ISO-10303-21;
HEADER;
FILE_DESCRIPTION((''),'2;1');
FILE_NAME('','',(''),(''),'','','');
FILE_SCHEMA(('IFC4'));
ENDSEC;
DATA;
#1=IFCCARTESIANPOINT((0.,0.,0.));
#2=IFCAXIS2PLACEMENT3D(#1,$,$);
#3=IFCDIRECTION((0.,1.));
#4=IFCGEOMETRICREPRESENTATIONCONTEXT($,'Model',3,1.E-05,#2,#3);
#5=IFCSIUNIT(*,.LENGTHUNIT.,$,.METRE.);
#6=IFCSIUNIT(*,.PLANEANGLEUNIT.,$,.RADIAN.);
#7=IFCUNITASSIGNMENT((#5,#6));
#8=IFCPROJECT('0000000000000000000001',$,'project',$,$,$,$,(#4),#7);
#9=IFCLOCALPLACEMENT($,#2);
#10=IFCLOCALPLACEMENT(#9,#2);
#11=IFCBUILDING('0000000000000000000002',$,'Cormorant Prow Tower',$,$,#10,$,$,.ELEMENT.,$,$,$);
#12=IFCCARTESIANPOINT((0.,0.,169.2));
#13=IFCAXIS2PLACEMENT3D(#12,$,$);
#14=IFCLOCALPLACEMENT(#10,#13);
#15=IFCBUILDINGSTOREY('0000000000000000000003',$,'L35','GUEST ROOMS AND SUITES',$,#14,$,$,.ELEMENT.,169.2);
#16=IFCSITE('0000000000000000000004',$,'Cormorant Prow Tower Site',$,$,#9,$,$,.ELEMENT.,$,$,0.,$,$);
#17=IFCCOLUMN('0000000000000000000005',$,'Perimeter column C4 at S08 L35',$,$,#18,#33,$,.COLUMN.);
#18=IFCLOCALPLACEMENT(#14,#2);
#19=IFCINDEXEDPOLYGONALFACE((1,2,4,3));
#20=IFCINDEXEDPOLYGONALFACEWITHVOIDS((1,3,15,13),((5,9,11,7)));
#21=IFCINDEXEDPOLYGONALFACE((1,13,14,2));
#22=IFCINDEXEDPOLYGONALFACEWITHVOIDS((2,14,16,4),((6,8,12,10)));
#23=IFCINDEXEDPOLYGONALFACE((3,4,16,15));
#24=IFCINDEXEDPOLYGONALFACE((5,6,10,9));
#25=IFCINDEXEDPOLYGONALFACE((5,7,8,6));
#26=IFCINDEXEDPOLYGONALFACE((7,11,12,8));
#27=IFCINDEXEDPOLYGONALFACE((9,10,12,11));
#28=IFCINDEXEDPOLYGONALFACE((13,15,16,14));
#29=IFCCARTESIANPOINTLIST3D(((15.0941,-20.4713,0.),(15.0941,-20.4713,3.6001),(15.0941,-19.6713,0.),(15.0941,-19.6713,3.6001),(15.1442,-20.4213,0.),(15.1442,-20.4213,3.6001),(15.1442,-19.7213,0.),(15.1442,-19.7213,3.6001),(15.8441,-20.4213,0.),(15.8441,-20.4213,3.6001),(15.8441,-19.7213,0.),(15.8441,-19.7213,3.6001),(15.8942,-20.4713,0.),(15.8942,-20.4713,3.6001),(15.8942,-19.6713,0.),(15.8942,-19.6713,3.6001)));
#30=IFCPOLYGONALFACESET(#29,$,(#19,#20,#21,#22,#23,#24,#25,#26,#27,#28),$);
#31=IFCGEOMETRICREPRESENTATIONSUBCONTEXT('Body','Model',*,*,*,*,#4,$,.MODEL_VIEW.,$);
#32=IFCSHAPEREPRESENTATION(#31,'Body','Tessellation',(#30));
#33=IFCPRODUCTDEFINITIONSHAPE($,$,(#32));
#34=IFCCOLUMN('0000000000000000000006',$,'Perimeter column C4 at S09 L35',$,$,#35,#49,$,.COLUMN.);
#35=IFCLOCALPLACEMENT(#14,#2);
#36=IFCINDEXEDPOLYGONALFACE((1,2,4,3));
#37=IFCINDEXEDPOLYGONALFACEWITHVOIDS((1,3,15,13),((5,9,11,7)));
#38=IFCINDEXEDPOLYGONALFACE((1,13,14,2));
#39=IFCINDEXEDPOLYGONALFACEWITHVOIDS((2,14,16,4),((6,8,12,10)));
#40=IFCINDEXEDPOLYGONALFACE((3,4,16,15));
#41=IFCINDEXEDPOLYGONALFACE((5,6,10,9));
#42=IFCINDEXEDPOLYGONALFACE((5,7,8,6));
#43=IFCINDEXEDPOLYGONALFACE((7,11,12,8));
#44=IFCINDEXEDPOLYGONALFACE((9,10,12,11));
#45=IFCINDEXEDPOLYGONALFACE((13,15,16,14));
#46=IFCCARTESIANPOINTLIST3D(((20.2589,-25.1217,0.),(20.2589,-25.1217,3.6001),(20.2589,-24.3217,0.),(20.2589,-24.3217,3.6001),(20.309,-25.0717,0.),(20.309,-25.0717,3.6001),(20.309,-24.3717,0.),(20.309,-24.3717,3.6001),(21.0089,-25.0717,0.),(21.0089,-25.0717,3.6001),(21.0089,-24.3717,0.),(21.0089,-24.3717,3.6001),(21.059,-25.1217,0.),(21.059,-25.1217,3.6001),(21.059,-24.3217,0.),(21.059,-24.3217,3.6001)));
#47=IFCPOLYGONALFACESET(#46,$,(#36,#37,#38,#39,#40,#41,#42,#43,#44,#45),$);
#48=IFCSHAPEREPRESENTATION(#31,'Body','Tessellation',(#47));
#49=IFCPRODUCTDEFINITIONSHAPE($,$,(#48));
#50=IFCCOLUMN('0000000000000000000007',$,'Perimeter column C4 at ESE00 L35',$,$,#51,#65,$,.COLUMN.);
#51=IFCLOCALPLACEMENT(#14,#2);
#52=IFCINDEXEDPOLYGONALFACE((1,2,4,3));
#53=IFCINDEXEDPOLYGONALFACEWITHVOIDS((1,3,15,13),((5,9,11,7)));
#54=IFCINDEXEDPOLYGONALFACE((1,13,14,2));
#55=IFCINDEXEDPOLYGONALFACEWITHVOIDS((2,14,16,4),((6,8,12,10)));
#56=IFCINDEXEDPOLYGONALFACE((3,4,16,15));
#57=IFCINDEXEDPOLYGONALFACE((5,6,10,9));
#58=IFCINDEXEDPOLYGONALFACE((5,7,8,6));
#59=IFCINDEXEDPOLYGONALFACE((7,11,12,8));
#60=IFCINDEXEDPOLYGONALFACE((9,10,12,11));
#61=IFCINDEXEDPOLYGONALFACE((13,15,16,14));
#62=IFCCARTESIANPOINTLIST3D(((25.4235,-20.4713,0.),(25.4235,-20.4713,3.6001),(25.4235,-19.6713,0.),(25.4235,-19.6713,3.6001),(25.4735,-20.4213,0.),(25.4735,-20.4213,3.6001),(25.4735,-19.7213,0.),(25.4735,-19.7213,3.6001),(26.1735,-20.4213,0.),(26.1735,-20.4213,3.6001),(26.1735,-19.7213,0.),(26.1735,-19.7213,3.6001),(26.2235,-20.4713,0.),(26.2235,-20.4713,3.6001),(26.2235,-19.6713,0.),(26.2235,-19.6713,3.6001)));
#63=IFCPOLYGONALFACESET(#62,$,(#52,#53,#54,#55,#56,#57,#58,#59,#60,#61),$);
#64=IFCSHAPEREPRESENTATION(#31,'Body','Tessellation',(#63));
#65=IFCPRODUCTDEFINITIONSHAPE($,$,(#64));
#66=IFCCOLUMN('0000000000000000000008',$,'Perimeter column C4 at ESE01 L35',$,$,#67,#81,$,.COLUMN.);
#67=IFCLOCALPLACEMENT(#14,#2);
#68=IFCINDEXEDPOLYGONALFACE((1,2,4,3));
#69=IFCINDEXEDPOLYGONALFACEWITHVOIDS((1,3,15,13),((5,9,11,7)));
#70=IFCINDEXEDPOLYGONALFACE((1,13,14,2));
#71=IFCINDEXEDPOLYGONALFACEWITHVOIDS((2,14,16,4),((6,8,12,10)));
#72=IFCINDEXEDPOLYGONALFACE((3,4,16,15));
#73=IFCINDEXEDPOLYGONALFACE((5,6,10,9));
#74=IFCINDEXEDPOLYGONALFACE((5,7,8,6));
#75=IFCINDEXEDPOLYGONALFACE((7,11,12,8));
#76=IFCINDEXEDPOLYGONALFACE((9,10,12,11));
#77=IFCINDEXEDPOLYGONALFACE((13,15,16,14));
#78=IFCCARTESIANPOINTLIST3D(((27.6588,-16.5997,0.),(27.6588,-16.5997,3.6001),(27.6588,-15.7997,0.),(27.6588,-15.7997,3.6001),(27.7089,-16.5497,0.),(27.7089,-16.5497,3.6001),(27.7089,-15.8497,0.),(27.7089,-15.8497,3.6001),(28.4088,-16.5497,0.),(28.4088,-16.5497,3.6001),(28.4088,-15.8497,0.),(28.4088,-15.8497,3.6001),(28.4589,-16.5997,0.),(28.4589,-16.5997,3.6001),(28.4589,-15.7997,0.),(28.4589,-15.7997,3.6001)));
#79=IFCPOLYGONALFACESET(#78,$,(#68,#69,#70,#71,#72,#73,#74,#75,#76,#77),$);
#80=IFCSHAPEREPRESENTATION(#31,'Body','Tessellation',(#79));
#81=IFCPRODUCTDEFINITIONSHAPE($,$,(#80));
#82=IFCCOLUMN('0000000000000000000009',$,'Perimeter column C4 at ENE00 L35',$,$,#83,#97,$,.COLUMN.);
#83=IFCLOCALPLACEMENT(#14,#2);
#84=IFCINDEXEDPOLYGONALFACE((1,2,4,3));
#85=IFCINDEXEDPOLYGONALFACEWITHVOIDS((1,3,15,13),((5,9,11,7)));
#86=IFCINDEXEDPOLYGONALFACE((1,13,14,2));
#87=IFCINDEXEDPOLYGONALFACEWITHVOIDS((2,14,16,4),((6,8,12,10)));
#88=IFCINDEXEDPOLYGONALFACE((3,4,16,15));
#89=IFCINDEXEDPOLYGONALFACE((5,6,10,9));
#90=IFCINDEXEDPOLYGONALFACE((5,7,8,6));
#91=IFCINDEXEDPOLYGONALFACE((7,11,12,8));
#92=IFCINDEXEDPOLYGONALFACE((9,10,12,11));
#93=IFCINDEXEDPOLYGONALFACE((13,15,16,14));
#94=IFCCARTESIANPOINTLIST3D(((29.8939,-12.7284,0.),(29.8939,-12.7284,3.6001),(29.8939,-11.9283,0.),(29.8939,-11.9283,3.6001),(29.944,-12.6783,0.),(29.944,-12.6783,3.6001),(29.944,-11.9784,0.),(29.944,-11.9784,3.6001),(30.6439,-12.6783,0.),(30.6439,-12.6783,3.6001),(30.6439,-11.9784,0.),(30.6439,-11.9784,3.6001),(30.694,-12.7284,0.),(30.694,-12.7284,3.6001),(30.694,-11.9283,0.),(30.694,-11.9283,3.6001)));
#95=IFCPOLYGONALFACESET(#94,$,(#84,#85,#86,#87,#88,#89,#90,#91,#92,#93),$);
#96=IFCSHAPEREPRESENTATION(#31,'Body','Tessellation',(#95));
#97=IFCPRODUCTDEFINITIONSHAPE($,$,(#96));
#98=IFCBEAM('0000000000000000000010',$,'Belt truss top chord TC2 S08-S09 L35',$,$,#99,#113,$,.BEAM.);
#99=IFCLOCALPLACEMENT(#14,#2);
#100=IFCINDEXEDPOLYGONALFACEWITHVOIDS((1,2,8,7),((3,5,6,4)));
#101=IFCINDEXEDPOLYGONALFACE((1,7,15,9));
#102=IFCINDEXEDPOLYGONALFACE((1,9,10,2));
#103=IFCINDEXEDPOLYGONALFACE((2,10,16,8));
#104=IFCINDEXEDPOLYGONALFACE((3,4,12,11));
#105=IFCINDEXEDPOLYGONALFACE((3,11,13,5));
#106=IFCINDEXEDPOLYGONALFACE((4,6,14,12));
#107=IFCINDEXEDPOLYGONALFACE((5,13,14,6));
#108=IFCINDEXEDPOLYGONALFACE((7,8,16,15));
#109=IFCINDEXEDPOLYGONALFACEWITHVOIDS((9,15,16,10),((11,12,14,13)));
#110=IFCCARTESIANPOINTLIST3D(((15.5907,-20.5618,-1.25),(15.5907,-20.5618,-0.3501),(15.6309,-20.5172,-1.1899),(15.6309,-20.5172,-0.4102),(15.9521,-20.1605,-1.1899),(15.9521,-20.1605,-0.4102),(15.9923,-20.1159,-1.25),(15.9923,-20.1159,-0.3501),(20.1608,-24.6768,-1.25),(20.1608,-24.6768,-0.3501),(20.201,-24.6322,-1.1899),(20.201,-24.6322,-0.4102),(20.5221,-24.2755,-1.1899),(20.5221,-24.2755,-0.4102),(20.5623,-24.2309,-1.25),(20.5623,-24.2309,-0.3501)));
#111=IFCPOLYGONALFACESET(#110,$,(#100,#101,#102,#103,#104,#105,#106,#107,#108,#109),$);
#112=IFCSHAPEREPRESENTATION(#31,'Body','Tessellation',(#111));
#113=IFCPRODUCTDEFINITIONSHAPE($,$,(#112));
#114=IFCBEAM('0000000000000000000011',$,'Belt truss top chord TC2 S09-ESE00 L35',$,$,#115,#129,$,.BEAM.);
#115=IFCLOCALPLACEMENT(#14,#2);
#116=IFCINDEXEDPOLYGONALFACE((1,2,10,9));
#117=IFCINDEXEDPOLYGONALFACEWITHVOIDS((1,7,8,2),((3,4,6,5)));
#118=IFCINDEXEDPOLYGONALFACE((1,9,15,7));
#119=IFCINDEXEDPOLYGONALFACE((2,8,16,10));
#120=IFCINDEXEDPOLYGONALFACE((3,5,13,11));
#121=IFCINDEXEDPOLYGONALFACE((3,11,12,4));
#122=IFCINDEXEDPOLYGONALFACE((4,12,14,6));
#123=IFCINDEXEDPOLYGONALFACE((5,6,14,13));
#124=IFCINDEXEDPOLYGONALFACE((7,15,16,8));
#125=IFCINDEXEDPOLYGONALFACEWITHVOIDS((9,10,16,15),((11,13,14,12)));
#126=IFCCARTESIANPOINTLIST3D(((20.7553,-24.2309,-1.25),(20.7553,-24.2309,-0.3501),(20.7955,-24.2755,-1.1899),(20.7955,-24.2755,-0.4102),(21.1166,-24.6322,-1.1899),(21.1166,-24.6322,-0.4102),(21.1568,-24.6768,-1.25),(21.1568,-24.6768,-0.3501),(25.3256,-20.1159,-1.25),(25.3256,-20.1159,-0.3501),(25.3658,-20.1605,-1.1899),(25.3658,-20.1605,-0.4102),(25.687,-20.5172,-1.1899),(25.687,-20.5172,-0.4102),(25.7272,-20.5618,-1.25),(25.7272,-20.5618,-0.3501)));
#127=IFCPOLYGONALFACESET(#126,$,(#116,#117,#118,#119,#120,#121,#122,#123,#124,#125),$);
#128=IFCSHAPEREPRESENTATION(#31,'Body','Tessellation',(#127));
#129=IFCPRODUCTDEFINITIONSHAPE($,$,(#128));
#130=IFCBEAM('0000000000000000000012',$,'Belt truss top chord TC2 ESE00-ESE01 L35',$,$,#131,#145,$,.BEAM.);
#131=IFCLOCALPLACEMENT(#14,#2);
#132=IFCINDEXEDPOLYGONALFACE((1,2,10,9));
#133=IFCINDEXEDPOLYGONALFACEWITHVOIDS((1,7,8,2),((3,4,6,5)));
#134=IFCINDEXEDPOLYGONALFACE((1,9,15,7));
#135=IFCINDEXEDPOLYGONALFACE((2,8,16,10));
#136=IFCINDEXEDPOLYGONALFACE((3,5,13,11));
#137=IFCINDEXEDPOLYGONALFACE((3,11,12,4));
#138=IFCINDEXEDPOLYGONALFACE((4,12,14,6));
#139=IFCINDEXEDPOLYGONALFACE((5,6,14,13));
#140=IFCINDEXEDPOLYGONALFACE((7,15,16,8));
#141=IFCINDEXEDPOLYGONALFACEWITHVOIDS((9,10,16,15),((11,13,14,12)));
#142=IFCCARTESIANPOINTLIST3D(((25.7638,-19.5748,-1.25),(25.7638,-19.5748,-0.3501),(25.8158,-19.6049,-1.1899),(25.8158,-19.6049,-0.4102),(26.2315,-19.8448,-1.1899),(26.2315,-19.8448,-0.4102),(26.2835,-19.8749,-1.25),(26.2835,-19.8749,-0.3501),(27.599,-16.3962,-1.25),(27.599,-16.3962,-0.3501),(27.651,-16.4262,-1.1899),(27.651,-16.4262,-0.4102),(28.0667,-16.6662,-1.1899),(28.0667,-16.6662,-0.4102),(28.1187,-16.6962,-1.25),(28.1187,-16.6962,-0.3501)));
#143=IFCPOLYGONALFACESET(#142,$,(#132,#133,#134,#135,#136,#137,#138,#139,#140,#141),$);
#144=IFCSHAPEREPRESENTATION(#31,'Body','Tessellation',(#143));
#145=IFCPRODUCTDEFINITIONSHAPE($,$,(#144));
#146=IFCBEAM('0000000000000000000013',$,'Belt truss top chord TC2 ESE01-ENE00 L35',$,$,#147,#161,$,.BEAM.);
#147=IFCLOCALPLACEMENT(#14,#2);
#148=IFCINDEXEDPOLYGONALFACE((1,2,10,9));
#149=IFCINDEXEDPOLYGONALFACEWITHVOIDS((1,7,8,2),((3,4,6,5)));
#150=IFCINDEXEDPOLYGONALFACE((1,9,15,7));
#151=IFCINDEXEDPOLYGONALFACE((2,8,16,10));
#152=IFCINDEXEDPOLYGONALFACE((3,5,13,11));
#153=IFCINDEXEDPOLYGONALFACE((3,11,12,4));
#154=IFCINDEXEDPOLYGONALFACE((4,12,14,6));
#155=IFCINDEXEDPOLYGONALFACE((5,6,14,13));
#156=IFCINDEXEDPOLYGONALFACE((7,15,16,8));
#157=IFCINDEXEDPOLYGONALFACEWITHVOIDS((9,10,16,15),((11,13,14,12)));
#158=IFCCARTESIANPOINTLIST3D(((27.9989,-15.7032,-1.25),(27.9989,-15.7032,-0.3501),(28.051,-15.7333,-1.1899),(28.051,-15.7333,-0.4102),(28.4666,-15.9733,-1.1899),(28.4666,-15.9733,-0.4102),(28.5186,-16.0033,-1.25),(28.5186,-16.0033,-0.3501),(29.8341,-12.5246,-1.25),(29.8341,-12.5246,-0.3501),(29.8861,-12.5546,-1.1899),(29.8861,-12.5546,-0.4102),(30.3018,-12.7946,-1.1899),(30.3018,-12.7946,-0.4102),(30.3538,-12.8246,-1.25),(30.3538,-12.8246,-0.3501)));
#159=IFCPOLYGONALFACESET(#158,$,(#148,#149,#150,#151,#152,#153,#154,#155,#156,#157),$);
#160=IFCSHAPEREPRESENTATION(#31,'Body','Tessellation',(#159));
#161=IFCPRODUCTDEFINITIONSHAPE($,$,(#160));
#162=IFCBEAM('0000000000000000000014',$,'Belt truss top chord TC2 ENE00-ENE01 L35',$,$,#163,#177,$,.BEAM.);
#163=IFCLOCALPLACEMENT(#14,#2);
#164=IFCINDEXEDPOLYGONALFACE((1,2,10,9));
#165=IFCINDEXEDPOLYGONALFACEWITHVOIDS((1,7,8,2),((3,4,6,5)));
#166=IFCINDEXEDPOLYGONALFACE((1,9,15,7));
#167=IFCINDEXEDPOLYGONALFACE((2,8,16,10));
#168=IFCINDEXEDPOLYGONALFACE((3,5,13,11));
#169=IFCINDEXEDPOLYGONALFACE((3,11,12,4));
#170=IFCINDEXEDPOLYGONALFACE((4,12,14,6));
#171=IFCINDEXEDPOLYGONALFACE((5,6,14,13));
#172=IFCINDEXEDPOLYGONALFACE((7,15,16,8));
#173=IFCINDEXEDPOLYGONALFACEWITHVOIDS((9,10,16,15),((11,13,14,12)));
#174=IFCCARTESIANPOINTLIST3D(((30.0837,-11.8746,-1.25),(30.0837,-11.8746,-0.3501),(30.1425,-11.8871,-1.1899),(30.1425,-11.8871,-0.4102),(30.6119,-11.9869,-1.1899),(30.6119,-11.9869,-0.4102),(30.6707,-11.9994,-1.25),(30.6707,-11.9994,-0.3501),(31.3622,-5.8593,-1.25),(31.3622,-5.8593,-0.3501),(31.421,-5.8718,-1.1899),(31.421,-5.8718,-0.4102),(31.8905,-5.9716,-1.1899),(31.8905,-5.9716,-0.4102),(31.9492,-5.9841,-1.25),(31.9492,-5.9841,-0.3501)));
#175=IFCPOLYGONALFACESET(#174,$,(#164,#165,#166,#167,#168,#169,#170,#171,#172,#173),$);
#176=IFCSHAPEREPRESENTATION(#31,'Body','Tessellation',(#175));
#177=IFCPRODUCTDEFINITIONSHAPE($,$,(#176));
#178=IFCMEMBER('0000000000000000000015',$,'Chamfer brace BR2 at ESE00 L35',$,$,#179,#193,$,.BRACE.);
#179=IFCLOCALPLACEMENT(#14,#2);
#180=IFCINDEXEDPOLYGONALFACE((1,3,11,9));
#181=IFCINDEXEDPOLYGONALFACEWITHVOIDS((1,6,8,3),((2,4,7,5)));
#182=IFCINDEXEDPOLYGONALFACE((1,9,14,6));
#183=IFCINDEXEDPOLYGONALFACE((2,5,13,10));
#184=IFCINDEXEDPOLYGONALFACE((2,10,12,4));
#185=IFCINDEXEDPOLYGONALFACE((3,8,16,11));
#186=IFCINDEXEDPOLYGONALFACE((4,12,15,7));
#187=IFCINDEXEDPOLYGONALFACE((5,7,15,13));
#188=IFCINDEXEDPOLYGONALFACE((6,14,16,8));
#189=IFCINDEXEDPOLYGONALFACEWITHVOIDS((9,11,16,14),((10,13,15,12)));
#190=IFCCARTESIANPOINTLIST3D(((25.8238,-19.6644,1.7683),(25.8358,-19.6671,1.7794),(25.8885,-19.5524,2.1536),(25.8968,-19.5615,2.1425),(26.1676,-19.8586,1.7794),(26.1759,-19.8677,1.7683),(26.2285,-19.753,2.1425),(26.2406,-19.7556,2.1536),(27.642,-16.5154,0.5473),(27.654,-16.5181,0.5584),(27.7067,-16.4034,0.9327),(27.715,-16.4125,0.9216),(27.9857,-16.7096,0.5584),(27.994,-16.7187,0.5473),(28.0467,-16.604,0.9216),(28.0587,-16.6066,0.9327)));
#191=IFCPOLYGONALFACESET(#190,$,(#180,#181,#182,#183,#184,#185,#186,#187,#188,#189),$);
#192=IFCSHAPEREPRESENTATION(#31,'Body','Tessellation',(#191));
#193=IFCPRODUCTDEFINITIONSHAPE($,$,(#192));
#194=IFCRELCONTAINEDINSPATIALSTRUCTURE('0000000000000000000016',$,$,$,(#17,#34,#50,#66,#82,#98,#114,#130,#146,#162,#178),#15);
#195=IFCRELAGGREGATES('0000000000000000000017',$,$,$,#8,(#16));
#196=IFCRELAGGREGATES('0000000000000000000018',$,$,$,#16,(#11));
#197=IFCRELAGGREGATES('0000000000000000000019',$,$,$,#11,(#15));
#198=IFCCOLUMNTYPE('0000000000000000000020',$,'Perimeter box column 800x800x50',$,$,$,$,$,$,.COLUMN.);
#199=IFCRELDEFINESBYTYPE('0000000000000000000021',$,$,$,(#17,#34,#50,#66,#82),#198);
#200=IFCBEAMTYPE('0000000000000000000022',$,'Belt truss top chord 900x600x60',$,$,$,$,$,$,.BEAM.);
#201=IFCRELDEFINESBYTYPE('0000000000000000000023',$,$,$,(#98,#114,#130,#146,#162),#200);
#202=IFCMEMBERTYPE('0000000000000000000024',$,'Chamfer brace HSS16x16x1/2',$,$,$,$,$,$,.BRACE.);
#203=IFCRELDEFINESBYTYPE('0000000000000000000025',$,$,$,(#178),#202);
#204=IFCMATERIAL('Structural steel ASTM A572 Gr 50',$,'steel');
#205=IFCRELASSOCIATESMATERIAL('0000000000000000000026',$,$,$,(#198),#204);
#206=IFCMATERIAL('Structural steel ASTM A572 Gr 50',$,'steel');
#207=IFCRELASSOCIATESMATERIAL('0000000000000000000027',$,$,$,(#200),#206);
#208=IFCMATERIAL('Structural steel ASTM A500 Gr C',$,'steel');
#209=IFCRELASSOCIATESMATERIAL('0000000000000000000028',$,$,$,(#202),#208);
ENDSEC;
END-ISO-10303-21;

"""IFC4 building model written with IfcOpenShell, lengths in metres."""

from ifc_helpers import new_model, si_unit, direction, frame, origin, origin_2d, place, context, subcontext, project, spatial, hollow_rectangle, extrude, material, material_profile, profile_set, type_object, element, save


model = new_model("IFC4")

# Units and contexts
model_context = context("Model", 3, precision=1e-05, world=origin(), true_north=direction((0.0, 1.0)))
body_context = subcontext(model_context, "Body", "Model", "MODEL_VIEW")
ifc_project = project(units=[si_unit("LENGTHUNIT", "METRE"), si_unit("PLANEANGLEUNIT", "RADIAN")], contexts=[model_context])

# Site, building, storey
site_placement = place(None, origin())
site = spatial("IfcSite", under=ifc_project, at=site_placement, Name="Cormorant Prow Tower Site", CompositionType="ELEMENT", RefElevation=0.0)
building_placement = place(site_placement, origin())
building = spatial("IfcBuilding", under=site, at=building_placement, Name="Cormorant Prow Tower", CompositionType="ELEMENT")
storey_placement = place(building_placement, frame((0.0, 0.0, 169.2)))
storey = spatial("IfcBuildingStorey", under=building, at=storey_placement, Name="L35", Description="GUEST ROOMS AND SUITES", CompositionType="ELEMENT", Elevation=169.2)

# Columns
ifc_material_1 = material(Name="Structural steel ASTM A572 Gr 50", Category="steel")
ifc_material_profile_1 = material_profile(ifc_material_1, hollow_rectangle(XDim=0.8, YDim=0.8, WallThickness=0.05, at=origin_2d()), Name="Box 800x800x50")
ifc_profile_set_1 = profile_set([ifc_material_profile_1], Name="Structural steel ASTM A572 Gr 50")
column_type = type_object("IfcColumnType", Name="Perimeter box column 800x800x50", PredefinedType="COLUMN", material=ifc_profile_set_1)
for number, where, z_axis, x_axis, name in (
    (1, (15.4941, -20.0713, 0.0), (0.0, 0.0, 1.0), (1.0, 0.0, 0.0), "Perimeter column C4 at S08 L35"),
    (2, (20.6589, -24.7217, 0.0), (0.0, 0.0, 1.0), (1.0, 0.0, 0.0), "Perimeter column C4 at S09 L35"),
    (3, (25.8235, -20.0713, 0.0), (0.0, 0.0, 1.0), (1.0, 0.0, 0.0), "Perimeter column C4 at ESE00 L35"),
    (4, (28.0588, -16.1997, 0.0), (0.0, 0.0, 1.0), (1.0, 0.0, 0.0), "Perimeter column C4 at ESE01 L35"),
    (5, (30.2939, -12.3284, 0.0), (0.0, 0.0, 1.0), (1.0, 0.0, 0.0), "Perimeter column C4 at ENE00 L35"),
):
    element("IfcColumn", number, at=place(storey_placement, frame(where, z_axis=z_axis, x_axis=x_axis)), inside=storey, type_object=column_type, Name=name, PredefinedType="COLUMN", context=body_context, shape_type="SweptSolid", body=[
        extrude(hollow_rectangle(XDim=0.8, YDim=0.8, WallThickness=0.05, at=origin_2d()), origin(), (0.0, 0.0, 1.0), 3.6001),
    ])

# Beams
ifc_material_2 = material(Name="Structural steel ASTM A572 Gr 50", Category="steel")
ifc_material_profile_2 = material_profile(ifc_material_2, hollow_rectangle(XDim=0.6001, YDim=0.8999, WallThickness=0.0601, at=origin_2d()), Name="Box 900x600x60")
ifc_profile_set_2 = profile_set([ifc_material_profile_2], Name="Structural steel ASTM A572 Gr 50")
beam_type = type_object("IfcBeamType", Name="Belt truss top chord 900x600x60", PredefinedType="BEAM", material=ifc_profile_set_2)
beam_1_placement = place(storey_placement, frame((15.7915, -20.3389, -0.8), z_axis=(0.743138, -0.669138, 0.0), x_axis=(0.669138, 0.743138, 0.0)))
element("IfcBeam", 6, at=beam_1_placement, inside=storey, type_object=beam_type, Name="Belt truss top chord TC2 S08-S09 L35", PredefinedType="BEAM", context=body_context, shape_type="SweptSolid", body=[
    extrude(hollow_rectangle(XDim=0.6001, YDim=0.8999, WallThickness=0.0601, at=origin_2d()), origin(), (0.0, 0.0, 1.0), 6.1497),
])
beam_2_placement = place(storey_placement, frame((20.9561, -24.4539, -0.8), z_axis=(0.743156, 0.669118, 0.0), x_axis=(-0.669118, 0.743156, 0.0)))
element("IfcBeam", 7, at=beam_2_placement, inside=storey, type_object=beam_type, Name="Belt truss top chord TC2 S09-ESE00 L35", PredefinedType="BEAM", context=body_context, shape_type="SweptSolid", body=[
    extrude(hollow_rectangle(XDim=0.6001, YDim=0.8999, WallThickness=0.0601, at=origin_2d()), origin(), (0.0, 0.0, 1.0), 6.1499),
])
for number, where, z_axis, x_axis, name in (
    (8, (26.0237, -19.7249, -0.8), (0.499995, 0.866028, 0.0), (-0.866028, 0.499995, 0.0), "Belt truss top chord TC2 ESE00-ESE01 L35"),
    (9, (28.2588, -15.8533, -0.8), (0.499995, 0.866028, 0.0), (-0.866028, 0.499995, 0.0), "Belt truss top chord TC2 ESE01-ENE00 L35"),
):
    element("IfcBeam", number, at=place(storey_placement, frame(where, z_axis=z_axis, x_axis=x_axis)), inside=storey, type_object=beam_type, Name=name, PredefinedType="BEAM", context=body_context, shape_type="SweptSolid", body=[
        extrude(hollow_rectangle(XDim=0.6001, YDim=0.8999, WallThickness=0.0601, at=origin_2d()), origin(), (0.0, 0.0, 1.0), 3.6704),
    ])
beam_3_placement = place(storey_placement, frame((30.3772, -11.937, -0.8), z_axis=(0.207905, 0.978149, 0.0), x_axis=(-0.978149, 0.207905, 0.0)))
element("IfcBeam", 10, at=beam_3_placement, inside=storey, type_object=beam_type, Name="Belt truss top chord TC2 ENE00-ENE01 L35", PredefinedType="BEAM", context=body_context, shape_type="SweptSolid", body=[
    extrude(hollow_rectangle(XDim=0.6001, YDim=0.8999, WallThickness=0.0601, at=origin_2d()), origin(), (0.0, 0.0, 1.0), 6.1497),
])

# Member
ifc_material_3 = material(Name="Structural steel ASTM A500 Gr C", Category="steel")
ifc_material_profile_3 = material_profile(ifc_material_3, hollow_rectangle(XDim=0.4065, YDim=0.4065, WallThickness=0.0117, at=origin_2d()), Name="HSS16x16x1/2")
ifc_profile_set_3 = profile_set([ifc_material_profile_3], Name="Structural steel ASTM A500 Gr C")
member_type_1 = type_object("IfcMemberType", Name="Chamfer brace HSS16x16x1/2", PredefinedType="BRACE", material=ifc_profile_set_3)
member_1_placement = place(storey_placement, frame((27.8503, -16.561, 0.74), z_axis=(-0.474008, -0.820969, 0.318318), x_axis=(0.866016, -0.500017, 0.0)))
element("IfcMember", 11, at=member_1_placement, inside=storey, type_object=member_type_1, Name="Chamfer brace BR2 at ESE00 L35", PredefinedType="BRACE", context=body_context, shape_type="SweptSolid", body=[
    extrude(hollow_rectangle(XDim=0.4065, YDim=0.4065, WallThickness=0.0117, at=origin_2d()), origin(), (0.0, 0.0, 1.0), 3.8357),
])

save(model, "model.ifc")
